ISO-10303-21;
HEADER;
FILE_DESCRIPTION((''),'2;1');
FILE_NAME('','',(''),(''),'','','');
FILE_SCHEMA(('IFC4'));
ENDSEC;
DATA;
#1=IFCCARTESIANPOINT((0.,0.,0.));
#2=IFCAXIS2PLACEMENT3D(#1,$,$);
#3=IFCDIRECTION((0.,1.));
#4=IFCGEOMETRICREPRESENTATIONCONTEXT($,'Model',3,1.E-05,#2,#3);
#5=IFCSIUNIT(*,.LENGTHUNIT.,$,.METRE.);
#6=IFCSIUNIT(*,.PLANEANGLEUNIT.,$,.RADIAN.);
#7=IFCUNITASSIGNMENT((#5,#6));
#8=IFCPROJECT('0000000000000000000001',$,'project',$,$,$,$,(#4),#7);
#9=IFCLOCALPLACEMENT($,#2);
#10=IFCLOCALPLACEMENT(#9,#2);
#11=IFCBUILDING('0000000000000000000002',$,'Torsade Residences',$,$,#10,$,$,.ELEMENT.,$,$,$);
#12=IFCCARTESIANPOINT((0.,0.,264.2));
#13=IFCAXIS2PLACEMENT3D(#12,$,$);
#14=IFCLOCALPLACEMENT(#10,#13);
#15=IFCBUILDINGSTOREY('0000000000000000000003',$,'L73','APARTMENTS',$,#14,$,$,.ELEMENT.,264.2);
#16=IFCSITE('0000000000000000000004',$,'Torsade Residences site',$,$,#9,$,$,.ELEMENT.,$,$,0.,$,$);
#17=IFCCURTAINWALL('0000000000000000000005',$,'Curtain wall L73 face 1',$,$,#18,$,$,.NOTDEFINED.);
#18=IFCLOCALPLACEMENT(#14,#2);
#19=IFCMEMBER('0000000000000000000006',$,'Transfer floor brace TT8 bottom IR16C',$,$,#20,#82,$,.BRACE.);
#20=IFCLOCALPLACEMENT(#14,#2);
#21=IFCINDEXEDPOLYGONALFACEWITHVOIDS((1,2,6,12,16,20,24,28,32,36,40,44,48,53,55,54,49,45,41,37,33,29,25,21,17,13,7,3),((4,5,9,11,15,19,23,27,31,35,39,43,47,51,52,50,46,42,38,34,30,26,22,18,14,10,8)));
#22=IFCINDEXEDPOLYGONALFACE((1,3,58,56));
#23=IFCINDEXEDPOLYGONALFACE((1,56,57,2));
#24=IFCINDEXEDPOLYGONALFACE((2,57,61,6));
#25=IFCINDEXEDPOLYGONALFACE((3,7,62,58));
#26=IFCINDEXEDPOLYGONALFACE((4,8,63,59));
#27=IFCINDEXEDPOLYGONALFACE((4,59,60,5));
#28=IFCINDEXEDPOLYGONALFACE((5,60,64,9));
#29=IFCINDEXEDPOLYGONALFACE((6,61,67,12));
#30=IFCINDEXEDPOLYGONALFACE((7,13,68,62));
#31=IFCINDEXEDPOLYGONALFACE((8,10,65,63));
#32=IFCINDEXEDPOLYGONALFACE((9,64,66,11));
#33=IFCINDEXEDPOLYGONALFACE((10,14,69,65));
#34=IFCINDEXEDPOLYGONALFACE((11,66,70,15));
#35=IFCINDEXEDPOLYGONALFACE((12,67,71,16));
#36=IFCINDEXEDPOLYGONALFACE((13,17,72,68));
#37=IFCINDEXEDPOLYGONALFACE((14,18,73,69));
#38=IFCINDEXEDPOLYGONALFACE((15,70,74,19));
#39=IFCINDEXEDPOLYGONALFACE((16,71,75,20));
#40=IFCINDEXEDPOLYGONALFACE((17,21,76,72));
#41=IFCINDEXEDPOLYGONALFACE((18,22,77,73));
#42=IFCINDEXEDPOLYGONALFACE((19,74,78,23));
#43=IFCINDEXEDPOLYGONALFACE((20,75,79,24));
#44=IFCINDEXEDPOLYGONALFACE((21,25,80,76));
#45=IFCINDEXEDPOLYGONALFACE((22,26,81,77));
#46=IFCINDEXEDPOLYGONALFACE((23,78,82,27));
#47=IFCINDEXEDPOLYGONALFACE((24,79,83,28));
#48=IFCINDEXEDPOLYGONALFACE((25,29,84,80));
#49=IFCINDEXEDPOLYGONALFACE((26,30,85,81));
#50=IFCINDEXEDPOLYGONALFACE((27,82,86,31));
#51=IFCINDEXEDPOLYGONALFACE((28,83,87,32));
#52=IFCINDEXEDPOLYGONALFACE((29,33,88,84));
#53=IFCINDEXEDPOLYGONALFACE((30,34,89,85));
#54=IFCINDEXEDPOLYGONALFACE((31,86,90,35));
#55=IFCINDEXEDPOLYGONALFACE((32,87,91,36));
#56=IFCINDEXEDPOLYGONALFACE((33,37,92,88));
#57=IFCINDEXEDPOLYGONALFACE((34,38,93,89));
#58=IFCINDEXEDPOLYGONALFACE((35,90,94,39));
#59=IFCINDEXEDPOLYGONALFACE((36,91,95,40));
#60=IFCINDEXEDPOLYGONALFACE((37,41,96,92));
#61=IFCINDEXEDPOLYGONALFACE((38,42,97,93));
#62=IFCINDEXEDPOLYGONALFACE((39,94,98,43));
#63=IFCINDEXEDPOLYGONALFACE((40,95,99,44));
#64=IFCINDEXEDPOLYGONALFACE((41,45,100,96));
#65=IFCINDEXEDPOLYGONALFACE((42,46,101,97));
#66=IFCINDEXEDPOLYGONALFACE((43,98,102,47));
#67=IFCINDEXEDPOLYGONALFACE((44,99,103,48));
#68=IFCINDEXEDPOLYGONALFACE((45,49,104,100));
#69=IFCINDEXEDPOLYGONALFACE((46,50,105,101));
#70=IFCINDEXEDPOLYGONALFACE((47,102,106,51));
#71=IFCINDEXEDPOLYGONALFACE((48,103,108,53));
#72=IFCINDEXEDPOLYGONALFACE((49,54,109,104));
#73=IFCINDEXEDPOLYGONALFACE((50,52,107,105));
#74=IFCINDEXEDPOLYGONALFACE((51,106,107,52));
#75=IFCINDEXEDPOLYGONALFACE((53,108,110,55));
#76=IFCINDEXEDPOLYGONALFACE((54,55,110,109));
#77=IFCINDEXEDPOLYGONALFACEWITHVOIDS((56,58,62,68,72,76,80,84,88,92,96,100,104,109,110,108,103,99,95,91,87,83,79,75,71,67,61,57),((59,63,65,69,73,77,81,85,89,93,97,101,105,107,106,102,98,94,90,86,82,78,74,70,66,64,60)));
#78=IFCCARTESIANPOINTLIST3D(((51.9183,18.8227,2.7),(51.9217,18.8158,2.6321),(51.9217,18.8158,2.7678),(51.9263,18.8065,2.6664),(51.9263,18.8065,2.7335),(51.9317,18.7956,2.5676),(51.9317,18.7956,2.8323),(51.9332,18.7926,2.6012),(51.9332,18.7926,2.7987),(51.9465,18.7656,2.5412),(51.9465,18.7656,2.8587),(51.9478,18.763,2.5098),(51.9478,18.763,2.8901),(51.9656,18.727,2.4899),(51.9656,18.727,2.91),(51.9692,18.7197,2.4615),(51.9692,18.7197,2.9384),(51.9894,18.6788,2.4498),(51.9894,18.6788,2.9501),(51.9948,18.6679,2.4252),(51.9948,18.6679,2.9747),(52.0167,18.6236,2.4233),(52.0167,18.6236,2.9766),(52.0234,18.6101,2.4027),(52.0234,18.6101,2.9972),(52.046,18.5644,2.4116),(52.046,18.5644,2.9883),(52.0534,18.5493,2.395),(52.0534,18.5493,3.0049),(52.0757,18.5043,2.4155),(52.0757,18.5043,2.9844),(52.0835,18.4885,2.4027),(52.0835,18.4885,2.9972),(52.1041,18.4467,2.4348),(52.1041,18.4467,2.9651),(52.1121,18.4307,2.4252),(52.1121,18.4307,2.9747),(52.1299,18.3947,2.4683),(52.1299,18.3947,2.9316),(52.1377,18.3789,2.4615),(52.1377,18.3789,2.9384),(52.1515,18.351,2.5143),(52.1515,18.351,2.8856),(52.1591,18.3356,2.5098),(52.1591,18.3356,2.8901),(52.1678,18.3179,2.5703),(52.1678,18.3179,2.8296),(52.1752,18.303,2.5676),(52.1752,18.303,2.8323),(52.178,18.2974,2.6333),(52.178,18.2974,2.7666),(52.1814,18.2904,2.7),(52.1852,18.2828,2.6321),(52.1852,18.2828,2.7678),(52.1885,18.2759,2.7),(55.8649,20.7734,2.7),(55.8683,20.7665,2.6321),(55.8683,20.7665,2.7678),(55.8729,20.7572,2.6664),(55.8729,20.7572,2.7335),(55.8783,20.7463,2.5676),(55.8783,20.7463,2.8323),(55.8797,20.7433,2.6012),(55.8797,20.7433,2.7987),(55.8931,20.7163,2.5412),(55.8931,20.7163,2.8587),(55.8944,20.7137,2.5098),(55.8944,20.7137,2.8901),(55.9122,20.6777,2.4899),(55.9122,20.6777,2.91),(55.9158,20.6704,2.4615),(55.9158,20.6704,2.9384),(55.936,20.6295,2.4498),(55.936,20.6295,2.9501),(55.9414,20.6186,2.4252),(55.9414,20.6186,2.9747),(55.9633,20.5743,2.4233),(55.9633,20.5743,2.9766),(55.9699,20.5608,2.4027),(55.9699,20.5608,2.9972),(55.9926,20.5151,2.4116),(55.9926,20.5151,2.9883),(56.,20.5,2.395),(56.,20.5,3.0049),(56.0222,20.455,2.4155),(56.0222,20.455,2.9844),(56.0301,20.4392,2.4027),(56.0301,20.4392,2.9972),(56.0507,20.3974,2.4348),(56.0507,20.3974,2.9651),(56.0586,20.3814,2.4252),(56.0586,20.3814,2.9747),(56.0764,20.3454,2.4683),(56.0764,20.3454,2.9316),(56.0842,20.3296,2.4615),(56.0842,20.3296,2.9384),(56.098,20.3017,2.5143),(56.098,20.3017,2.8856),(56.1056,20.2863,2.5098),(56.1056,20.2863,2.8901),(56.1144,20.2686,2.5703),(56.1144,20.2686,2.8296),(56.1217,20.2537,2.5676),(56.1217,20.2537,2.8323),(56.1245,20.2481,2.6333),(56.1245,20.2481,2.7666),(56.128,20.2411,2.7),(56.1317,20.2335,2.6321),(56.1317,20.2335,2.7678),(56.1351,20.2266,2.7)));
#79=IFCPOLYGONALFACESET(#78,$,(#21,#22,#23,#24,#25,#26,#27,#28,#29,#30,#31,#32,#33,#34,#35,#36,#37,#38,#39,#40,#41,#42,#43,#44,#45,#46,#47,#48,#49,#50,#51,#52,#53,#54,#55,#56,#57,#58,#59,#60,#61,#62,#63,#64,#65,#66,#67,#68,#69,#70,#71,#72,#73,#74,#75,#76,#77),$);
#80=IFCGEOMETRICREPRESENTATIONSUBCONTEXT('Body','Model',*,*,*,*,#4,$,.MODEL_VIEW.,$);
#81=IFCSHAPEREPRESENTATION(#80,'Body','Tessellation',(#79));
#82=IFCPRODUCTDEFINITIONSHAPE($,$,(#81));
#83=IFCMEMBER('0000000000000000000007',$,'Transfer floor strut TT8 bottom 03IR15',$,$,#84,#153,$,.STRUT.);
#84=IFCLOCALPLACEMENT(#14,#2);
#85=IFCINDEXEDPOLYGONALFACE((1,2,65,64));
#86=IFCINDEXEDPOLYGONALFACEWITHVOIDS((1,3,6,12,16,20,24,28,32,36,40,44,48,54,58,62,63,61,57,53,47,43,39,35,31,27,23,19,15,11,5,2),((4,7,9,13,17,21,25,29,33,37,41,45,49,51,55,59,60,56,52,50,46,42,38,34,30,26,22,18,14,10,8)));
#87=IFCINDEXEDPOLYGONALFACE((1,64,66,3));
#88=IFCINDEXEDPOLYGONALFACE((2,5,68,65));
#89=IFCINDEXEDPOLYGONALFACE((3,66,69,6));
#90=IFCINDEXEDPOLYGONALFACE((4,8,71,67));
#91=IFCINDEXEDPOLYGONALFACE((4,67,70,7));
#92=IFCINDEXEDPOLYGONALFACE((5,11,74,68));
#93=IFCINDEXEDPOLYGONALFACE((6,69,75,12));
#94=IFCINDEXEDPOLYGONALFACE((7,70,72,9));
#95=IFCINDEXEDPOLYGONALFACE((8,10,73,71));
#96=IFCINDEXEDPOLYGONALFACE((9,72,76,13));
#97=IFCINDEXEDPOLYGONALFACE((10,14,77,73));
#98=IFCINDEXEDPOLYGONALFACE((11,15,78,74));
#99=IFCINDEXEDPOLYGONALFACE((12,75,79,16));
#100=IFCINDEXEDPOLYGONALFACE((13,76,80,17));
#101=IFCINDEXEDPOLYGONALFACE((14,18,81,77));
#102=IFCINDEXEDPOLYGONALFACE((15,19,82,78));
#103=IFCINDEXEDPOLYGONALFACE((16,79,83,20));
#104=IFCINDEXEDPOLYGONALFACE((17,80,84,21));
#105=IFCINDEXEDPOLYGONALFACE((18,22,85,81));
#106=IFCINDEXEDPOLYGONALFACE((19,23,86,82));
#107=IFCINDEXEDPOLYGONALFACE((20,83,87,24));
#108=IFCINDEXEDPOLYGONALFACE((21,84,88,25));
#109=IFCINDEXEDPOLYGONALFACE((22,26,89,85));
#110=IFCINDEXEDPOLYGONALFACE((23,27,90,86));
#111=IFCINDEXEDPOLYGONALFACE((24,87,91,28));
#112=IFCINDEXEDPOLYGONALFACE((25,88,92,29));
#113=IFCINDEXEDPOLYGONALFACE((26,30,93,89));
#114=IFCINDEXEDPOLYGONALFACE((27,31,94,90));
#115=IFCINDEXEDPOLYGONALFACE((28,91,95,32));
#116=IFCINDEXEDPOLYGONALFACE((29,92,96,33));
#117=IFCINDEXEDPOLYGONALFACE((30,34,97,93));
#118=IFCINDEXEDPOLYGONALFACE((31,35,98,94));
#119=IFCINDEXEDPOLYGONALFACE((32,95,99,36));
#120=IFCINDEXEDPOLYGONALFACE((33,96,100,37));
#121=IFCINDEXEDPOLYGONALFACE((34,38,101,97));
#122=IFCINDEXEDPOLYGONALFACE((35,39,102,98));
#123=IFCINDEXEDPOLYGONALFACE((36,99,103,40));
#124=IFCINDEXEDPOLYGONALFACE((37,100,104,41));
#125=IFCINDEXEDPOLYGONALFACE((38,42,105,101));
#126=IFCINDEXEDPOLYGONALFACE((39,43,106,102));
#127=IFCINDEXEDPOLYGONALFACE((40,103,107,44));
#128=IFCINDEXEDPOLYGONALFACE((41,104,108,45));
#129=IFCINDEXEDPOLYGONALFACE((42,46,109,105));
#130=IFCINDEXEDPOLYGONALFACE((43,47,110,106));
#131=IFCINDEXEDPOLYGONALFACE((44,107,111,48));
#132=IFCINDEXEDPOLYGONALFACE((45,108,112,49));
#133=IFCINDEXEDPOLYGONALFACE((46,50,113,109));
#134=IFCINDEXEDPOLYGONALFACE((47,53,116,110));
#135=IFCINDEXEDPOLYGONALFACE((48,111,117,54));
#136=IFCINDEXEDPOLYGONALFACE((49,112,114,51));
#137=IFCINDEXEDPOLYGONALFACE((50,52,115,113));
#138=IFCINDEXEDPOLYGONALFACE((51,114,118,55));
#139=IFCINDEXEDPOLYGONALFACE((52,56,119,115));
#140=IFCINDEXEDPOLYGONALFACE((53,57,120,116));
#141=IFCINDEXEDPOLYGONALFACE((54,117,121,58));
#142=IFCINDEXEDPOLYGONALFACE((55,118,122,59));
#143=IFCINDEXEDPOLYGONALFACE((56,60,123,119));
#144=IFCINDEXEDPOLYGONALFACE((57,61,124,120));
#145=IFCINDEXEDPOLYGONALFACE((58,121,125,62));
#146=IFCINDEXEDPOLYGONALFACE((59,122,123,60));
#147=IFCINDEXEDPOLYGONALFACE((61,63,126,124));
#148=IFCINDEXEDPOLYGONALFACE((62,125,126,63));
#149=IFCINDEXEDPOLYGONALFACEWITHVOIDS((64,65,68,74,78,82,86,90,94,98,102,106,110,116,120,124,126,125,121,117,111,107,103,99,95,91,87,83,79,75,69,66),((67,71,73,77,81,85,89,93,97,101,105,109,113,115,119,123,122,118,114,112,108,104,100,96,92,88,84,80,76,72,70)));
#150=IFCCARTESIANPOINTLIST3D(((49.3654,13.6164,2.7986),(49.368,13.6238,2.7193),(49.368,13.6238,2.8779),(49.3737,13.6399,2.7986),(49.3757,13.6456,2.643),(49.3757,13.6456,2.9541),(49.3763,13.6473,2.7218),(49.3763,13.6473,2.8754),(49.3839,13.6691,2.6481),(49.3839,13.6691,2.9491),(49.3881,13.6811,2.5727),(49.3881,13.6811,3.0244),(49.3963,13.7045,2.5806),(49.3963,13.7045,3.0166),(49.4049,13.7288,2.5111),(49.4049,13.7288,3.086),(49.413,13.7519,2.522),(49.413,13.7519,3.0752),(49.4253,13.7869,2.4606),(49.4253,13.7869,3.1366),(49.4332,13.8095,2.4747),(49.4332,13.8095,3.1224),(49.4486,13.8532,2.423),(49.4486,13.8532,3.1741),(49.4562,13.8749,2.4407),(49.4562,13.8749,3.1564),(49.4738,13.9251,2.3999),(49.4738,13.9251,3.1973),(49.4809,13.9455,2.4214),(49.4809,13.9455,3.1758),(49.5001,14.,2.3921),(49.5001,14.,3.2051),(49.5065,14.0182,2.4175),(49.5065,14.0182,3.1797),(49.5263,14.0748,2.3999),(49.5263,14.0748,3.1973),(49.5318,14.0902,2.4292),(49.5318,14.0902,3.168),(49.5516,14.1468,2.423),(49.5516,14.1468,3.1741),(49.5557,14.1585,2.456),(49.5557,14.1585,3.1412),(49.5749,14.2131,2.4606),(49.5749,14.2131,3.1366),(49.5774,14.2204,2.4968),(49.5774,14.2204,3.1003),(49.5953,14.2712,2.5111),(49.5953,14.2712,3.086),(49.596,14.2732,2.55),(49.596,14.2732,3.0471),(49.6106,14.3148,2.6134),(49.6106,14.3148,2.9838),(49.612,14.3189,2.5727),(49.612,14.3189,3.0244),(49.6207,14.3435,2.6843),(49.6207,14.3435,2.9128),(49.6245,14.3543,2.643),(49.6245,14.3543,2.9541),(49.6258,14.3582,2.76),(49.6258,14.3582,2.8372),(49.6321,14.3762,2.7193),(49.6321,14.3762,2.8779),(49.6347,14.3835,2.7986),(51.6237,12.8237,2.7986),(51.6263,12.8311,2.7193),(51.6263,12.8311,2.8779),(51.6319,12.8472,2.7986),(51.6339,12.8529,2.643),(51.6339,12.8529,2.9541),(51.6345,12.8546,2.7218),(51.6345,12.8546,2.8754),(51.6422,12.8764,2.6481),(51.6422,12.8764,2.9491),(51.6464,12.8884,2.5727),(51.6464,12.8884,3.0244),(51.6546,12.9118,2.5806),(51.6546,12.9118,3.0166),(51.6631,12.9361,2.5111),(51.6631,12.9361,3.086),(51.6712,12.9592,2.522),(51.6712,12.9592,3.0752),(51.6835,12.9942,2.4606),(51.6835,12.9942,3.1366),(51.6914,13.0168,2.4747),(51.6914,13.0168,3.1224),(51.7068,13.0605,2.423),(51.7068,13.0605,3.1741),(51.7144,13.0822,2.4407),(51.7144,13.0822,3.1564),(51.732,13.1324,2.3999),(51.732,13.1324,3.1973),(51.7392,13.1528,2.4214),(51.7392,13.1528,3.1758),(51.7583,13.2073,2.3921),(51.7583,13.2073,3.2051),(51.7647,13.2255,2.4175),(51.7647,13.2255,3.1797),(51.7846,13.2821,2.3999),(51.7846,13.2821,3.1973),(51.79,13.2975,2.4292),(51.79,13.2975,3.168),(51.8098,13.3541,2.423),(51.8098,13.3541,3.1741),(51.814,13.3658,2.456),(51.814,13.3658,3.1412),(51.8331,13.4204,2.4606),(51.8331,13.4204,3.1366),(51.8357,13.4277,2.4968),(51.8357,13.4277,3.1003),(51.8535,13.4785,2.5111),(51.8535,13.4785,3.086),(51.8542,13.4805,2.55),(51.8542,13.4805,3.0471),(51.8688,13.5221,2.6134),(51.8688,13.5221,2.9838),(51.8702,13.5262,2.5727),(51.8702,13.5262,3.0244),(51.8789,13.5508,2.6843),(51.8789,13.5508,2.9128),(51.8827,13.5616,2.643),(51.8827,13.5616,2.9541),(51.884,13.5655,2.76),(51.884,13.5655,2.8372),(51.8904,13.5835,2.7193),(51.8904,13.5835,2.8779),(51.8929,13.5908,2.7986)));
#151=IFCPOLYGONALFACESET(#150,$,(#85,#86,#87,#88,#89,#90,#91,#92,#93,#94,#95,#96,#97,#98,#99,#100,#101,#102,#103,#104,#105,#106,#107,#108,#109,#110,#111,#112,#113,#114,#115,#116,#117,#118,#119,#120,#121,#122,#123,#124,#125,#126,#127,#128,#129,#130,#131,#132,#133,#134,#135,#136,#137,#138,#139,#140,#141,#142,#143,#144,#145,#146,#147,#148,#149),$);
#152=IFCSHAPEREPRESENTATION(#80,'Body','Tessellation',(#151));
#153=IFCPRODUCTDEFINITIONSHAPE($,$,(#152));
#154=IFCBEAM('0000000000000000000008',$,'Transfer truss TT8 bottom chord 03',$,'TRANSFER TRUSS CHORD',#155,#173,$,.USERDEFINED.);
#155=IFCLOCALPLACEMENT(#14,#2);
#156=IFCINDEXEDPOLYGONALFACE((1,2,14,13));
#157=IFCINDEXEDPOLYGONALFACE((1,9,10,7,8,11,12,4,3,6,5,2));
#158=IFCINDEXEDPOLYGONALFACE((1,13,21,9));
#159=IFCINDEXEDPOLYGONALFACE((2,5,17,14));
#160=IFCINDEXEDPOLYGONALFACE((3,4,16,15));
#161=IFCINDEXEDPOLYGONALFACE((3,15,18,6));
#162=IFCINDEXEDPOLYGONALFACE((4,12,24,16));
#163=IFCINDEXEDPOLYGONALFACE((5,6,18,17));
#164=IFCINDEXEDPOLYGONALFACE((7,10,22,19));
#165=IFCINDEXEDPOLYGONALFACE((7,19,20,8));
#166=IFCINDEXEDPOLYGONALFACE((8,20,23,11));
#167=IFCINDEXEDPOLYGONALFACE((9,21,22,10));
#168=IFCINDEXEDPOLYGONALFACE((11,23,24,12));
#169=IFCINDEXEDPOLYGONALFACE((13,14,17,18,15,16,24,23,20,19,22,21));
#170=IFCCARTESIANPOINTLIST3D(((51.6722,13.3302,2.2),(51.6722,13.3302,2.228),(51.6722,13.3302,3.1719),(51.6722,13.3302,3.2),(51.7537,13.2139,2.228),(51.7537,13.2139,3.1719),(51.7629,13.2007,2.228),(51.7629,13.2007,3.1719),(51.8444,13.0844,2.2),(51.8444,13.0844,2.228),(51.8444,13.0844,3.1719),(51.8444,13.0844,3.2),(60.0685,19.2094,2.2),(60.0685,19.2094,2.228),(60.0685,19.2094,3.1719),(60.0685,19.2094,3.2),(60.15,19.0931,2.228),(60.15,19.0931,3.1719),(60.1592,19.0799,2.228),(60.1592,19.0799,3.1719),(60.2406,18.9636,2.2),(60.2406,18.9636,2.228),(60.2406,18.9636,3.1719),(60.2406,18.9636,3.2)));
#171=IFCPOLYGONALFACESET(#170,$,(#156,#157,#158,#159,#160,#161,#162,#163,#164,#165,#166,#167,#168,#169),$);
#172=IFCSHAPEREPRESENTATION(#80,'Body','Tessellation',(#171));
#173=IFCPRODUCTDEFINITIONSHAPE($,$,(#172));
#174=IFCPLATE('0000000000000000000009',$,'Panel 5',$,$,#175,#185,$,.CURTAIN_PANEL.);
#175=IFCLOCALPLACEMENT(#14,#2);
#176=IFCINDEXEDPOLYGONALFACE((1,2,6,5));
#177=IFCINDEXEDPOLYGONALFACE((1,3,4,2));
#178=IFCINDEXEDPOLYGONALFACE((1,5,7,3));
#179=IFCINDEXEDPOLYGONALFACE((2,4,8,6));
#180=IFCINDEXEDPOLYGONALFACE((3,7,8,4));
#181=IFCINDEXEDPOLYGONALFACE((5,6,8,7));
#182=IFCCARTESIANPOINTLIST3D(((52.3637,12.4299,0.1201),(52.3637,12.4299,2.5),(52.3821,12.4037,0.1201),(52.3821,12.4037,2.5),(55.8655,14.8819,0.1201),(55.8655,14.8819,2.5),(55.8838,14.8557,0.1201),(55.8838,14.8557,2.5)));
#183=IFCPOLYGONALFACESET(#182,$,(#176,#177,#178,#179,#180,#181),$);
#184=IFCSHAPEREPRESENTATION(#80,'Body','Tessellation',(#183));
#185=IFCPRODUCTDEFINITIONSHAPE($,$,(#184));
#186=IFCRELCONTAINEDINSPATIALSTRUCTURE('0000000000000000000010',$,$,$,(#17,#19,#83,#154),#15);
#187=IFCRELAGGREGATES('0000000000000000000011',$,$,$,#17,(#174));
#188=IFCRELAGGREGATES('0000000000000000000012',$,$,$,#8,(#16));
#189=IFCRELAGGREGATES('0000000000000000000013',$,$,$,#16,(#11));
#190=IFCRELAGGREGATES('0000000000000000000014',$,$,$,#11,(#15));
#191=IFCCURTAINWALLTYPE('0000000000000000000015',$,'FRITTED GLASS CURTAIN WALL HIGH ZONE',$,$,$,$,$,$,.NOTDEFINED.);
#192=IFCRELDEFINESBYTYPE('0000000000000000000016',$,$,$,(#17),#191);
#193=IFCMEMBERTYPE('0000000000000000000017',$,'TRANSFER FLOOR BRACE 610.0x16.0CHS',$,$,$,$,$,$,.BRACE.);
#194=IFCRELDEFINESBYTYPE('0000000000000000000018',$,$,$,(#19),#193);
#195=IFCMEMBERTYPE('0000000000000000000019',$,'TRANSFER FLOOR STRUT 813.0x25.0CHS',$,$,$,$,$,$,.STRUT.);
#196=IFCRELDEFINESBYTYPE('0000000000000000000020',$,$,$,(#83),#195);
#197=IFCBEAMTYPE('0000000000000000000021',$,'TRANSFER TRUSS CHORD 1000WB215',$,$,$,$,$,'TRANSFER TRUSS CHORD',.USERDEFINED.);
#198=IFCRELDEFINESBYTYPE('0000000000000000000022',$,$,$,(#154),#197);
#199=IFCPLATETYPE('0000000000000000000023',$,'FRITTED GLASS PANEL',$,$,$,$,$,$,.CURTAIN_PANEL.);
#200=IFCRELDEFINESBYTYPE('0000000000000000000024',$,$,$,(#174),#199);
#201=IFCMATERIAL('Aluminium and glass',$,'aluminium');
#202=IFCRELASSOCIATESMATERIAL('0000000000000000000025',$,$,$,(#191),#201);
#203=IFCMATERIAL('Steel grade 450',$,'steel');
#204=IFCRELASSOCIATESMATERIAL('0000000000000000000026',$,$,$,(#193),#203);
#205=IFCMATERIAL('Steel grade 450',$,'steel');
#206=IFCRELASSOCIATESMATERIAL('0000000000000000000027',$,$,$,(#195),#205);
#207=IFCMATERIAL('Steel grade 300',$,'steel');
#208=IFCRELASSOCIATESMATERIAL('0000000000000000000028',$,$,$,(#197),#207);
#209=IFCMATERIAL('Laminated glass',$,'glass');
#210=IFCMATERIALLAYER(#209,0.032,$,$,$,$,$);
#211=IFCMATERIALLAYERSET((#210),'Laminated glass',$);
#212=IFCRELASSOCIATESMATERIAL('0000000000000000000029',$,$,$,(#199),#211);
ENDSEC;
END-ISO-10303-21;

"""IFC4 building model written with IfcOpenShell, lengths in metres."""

from ifc_helpers import new_model, si_unit, direction, frame, origin, origin_2d, place, context, subcontext, project, spatial, rectangle, hollow_circle, i_section, extrude, material, layer, layer_set, material_profile, profile_set, type_object, element, aggregate, save


model = new_model("IFC4")

# Units and contexts
model_context = context("Model", 3, precision=1e-05, world=origin(), true_north=direction((0.0, 1.0)))
body_context = subcontext(model_context, "Body", "Model", "MODEL_VIEW")
ifc_project = project(units=[si_unit("LENGTHUNIT", "METRE"), si_unit("PLANEANGLEUNIT", "RADIAN")], contexts=[model_context])

# Site, building, storey
site_placement = place(None, origin())
site = spatial("IfcSite", under=ifc_project, at=site_placement, Name="Torsade Residences site", CompositionType="ELEMENT", RefElevation=0.0)
building_placement = place(site_placement, origin())
building = spatial("IfcBuilding", under=site, at=building_placement, Name="Torsade Residences", CompositionType="ELEMENT")
storey_placement = place(building_placement, frame((0.0, 0.0, 264.2)))
storey = spatial("IfcBuildingStorey", under=building, at=storey_placement, Name="L73", Description="APARTMENTS", CompositionType="ELEMENT", Elevation=264.2)

# Curtain wall
ifc_material_1 = material(Name="Aluminium and glass", Category="aluminium")
curtain_wall_type = type_object("IfcCurtainWallType", Name="FRITTED GLASS CURTAIN WALL HIGH ZONE", PredefinedType="NOTDEFINED", material=ifc_material_1)
curtain_wall_placement = place(storey_placement, origin())
curtain_wall = element("IfcCurtainWall", 1, at=curtain_wall_placement, inside=storey, type_object=curtain_wall_type, Name="Curtain wall L73 face 1", PredefinedType="NOTDEFINED")

# Members
ifc_material_2 = material(Name="Steel grade 450", Category="steel")
ifc_material_profile_1 = material_profile(ifc_material_2, hollow_circle(Radius=0.3049, WallThickness=0.0161, at=origin_2d()), Name="610.0x16.0CHS")
ifc_profile_set_1 = profile_set([ifc_material_profile_1], Name="Steel grade 450")
member_type_1 = type_object("IfcMemberType", Name="TRANSFER FLOOR BRACE 610.0x16.0CHS", PredefinedType="BRACE", material=ifc_profile_set_1)
member_1_placement = place(storey_placement, frame((56.0, 20.5, 2.7), z_axis=(-0.89647, -0.443105, 0.0), x_axis=(0.443105, -0.89647, 0.0)))
element("IfcMember", 2, at=member_1_placement, inside=storey, type_object=member_type_1, Name="Transfer floor brace TT8 bottom IR16C", PredefinedType="BRACE", context=body_context, shape_type="SweptSolid", body=[
    extrude(hollow_circle(Radius=0.3049, WallThickness=0.0161, at=origin_2d()), origin(), (0.0, 0.0, 1.0), 4.4023),
])
ifc_material_3 = material(Name="Steel grade 450", Category="steel")
ifc_material_profile_2 = material_profile(ifc_material_3, hollow_circle(Radius=0.4065, WallThickness=0.0249, at=origin_2d()), Name="813.0x25.0CHS")
ifc_profile_set_2 = profile_set([ifc_material_profile_2], Name="Steel grade 450")
member_type_2 = type_object("IfcMemberType", Name="TRANSFER FLOOR STRUT 813.0x25.0CHS", PredefinedType="STRUT", material=ifc_profile_set_2)
member_2_placement = place(storey_placement, frame((51.7583, 13.2073, 2.7986), z_axis=(-0.943556, 0.331214, 0.0), x_axis=(-0.331214, -0.943556, 0.0)))
element("IfcMember", 3, at=member_2_placement, inside=storey, type_object=member_type_2, Name="Transfer floor strut TT8 bottom 03IR15", PredefinedType="STRUT", context=body_context, shape_type="SweptSolid", body=[
    extrude(hollow_circle(Radius=0.4065, WallThickness=0.0249, at=origin_2d()), origin(), (0.0, 0.0, 1.0), 2.3933),
])

# Beam
ifc_material_4 = material(Name="Steel grade 300", Category="steel")
ifc_material_profile_3 = material_profile(ifc_material_4, i_section(OverallWidth=0.3, OverallDepth=1.0, WebThickness=0.0161, FlangeThickness=0.0281, at=origin_2d()), Name="1000WB215")
ifc_profile_set_3 = profile_set([ifc_material_profile_3], Name="Steel grade 300")
beam_type_1 = type_object("IfcBeamType", Name="TRANSFER TRUSS CHORD 1000WB215", ElementType="TRANSFER TRUSS CHORD", PredefinedType="USERDEFINED", material=ifc_profile_set_3)
beam_1_placement = place(storey_placement, frame((51.7583, 13.2073, 2.7), z_axis=(0.81915, 0.573579, 0.0), x_axis=(-0.573579, 0.81915, 0.0)))
element("IfcBeam", 4, at=beam_1_placement, inside=storey, type_object=beam_type_1, Name="Transfer truss TT8 bottom chord 03", ObjectType="TRANSFER TRUSS CHORD", PredefinedType="USERDEFINED", context=body_context, shape_type="SweptSolid", body=[
    extrude(i_section(OverallWidth=0.3, OverallDepth=1.0, WebThickness=0.0161, FlangeThickness=0.0281, at=origin_2d()), origin(), (0.0, 0.0, 1.0), 10.25),
])

# Plate
ifc_material_5 = material(Name="Laminated glass", Category="glass")
ifc_layer_1 = layer(ifc_material_5, 0.032)
ifc_layer_set_1 = layer_set([ifc_layer_1], Name="Laminated glass")
plate_type_1 = type_object("IfcPlateType", Name="FRITTED GLASS PANEL", PredefinedType="CURTAIN_PANEL", material=ifc_layer_set_1)
plate_1_placement = place(storey_placement, frame((54.1238, 13.6428, 0.1201), z_axis=(0.0, 0.0, 1.0), x_axis=(0.819152, 0.573576, 0.0)))
plate_1 = element("IfcPlate", 5, at=plate_1_placement, type_object=plate_type_1, Name="Panel 5", PredefinedType="CURTAIN_PANEL", context=body_context, shape_type="SweptSolid", body=[
    extrude(rectangle(XDim=4.2749, YDim=0.032, at=origin_2d()), origin(), (0.0, 0.0, 1.0), 2.3799),
])
aggregate(curtain_wall, [plate_1])

save(model, "model.ifc")
